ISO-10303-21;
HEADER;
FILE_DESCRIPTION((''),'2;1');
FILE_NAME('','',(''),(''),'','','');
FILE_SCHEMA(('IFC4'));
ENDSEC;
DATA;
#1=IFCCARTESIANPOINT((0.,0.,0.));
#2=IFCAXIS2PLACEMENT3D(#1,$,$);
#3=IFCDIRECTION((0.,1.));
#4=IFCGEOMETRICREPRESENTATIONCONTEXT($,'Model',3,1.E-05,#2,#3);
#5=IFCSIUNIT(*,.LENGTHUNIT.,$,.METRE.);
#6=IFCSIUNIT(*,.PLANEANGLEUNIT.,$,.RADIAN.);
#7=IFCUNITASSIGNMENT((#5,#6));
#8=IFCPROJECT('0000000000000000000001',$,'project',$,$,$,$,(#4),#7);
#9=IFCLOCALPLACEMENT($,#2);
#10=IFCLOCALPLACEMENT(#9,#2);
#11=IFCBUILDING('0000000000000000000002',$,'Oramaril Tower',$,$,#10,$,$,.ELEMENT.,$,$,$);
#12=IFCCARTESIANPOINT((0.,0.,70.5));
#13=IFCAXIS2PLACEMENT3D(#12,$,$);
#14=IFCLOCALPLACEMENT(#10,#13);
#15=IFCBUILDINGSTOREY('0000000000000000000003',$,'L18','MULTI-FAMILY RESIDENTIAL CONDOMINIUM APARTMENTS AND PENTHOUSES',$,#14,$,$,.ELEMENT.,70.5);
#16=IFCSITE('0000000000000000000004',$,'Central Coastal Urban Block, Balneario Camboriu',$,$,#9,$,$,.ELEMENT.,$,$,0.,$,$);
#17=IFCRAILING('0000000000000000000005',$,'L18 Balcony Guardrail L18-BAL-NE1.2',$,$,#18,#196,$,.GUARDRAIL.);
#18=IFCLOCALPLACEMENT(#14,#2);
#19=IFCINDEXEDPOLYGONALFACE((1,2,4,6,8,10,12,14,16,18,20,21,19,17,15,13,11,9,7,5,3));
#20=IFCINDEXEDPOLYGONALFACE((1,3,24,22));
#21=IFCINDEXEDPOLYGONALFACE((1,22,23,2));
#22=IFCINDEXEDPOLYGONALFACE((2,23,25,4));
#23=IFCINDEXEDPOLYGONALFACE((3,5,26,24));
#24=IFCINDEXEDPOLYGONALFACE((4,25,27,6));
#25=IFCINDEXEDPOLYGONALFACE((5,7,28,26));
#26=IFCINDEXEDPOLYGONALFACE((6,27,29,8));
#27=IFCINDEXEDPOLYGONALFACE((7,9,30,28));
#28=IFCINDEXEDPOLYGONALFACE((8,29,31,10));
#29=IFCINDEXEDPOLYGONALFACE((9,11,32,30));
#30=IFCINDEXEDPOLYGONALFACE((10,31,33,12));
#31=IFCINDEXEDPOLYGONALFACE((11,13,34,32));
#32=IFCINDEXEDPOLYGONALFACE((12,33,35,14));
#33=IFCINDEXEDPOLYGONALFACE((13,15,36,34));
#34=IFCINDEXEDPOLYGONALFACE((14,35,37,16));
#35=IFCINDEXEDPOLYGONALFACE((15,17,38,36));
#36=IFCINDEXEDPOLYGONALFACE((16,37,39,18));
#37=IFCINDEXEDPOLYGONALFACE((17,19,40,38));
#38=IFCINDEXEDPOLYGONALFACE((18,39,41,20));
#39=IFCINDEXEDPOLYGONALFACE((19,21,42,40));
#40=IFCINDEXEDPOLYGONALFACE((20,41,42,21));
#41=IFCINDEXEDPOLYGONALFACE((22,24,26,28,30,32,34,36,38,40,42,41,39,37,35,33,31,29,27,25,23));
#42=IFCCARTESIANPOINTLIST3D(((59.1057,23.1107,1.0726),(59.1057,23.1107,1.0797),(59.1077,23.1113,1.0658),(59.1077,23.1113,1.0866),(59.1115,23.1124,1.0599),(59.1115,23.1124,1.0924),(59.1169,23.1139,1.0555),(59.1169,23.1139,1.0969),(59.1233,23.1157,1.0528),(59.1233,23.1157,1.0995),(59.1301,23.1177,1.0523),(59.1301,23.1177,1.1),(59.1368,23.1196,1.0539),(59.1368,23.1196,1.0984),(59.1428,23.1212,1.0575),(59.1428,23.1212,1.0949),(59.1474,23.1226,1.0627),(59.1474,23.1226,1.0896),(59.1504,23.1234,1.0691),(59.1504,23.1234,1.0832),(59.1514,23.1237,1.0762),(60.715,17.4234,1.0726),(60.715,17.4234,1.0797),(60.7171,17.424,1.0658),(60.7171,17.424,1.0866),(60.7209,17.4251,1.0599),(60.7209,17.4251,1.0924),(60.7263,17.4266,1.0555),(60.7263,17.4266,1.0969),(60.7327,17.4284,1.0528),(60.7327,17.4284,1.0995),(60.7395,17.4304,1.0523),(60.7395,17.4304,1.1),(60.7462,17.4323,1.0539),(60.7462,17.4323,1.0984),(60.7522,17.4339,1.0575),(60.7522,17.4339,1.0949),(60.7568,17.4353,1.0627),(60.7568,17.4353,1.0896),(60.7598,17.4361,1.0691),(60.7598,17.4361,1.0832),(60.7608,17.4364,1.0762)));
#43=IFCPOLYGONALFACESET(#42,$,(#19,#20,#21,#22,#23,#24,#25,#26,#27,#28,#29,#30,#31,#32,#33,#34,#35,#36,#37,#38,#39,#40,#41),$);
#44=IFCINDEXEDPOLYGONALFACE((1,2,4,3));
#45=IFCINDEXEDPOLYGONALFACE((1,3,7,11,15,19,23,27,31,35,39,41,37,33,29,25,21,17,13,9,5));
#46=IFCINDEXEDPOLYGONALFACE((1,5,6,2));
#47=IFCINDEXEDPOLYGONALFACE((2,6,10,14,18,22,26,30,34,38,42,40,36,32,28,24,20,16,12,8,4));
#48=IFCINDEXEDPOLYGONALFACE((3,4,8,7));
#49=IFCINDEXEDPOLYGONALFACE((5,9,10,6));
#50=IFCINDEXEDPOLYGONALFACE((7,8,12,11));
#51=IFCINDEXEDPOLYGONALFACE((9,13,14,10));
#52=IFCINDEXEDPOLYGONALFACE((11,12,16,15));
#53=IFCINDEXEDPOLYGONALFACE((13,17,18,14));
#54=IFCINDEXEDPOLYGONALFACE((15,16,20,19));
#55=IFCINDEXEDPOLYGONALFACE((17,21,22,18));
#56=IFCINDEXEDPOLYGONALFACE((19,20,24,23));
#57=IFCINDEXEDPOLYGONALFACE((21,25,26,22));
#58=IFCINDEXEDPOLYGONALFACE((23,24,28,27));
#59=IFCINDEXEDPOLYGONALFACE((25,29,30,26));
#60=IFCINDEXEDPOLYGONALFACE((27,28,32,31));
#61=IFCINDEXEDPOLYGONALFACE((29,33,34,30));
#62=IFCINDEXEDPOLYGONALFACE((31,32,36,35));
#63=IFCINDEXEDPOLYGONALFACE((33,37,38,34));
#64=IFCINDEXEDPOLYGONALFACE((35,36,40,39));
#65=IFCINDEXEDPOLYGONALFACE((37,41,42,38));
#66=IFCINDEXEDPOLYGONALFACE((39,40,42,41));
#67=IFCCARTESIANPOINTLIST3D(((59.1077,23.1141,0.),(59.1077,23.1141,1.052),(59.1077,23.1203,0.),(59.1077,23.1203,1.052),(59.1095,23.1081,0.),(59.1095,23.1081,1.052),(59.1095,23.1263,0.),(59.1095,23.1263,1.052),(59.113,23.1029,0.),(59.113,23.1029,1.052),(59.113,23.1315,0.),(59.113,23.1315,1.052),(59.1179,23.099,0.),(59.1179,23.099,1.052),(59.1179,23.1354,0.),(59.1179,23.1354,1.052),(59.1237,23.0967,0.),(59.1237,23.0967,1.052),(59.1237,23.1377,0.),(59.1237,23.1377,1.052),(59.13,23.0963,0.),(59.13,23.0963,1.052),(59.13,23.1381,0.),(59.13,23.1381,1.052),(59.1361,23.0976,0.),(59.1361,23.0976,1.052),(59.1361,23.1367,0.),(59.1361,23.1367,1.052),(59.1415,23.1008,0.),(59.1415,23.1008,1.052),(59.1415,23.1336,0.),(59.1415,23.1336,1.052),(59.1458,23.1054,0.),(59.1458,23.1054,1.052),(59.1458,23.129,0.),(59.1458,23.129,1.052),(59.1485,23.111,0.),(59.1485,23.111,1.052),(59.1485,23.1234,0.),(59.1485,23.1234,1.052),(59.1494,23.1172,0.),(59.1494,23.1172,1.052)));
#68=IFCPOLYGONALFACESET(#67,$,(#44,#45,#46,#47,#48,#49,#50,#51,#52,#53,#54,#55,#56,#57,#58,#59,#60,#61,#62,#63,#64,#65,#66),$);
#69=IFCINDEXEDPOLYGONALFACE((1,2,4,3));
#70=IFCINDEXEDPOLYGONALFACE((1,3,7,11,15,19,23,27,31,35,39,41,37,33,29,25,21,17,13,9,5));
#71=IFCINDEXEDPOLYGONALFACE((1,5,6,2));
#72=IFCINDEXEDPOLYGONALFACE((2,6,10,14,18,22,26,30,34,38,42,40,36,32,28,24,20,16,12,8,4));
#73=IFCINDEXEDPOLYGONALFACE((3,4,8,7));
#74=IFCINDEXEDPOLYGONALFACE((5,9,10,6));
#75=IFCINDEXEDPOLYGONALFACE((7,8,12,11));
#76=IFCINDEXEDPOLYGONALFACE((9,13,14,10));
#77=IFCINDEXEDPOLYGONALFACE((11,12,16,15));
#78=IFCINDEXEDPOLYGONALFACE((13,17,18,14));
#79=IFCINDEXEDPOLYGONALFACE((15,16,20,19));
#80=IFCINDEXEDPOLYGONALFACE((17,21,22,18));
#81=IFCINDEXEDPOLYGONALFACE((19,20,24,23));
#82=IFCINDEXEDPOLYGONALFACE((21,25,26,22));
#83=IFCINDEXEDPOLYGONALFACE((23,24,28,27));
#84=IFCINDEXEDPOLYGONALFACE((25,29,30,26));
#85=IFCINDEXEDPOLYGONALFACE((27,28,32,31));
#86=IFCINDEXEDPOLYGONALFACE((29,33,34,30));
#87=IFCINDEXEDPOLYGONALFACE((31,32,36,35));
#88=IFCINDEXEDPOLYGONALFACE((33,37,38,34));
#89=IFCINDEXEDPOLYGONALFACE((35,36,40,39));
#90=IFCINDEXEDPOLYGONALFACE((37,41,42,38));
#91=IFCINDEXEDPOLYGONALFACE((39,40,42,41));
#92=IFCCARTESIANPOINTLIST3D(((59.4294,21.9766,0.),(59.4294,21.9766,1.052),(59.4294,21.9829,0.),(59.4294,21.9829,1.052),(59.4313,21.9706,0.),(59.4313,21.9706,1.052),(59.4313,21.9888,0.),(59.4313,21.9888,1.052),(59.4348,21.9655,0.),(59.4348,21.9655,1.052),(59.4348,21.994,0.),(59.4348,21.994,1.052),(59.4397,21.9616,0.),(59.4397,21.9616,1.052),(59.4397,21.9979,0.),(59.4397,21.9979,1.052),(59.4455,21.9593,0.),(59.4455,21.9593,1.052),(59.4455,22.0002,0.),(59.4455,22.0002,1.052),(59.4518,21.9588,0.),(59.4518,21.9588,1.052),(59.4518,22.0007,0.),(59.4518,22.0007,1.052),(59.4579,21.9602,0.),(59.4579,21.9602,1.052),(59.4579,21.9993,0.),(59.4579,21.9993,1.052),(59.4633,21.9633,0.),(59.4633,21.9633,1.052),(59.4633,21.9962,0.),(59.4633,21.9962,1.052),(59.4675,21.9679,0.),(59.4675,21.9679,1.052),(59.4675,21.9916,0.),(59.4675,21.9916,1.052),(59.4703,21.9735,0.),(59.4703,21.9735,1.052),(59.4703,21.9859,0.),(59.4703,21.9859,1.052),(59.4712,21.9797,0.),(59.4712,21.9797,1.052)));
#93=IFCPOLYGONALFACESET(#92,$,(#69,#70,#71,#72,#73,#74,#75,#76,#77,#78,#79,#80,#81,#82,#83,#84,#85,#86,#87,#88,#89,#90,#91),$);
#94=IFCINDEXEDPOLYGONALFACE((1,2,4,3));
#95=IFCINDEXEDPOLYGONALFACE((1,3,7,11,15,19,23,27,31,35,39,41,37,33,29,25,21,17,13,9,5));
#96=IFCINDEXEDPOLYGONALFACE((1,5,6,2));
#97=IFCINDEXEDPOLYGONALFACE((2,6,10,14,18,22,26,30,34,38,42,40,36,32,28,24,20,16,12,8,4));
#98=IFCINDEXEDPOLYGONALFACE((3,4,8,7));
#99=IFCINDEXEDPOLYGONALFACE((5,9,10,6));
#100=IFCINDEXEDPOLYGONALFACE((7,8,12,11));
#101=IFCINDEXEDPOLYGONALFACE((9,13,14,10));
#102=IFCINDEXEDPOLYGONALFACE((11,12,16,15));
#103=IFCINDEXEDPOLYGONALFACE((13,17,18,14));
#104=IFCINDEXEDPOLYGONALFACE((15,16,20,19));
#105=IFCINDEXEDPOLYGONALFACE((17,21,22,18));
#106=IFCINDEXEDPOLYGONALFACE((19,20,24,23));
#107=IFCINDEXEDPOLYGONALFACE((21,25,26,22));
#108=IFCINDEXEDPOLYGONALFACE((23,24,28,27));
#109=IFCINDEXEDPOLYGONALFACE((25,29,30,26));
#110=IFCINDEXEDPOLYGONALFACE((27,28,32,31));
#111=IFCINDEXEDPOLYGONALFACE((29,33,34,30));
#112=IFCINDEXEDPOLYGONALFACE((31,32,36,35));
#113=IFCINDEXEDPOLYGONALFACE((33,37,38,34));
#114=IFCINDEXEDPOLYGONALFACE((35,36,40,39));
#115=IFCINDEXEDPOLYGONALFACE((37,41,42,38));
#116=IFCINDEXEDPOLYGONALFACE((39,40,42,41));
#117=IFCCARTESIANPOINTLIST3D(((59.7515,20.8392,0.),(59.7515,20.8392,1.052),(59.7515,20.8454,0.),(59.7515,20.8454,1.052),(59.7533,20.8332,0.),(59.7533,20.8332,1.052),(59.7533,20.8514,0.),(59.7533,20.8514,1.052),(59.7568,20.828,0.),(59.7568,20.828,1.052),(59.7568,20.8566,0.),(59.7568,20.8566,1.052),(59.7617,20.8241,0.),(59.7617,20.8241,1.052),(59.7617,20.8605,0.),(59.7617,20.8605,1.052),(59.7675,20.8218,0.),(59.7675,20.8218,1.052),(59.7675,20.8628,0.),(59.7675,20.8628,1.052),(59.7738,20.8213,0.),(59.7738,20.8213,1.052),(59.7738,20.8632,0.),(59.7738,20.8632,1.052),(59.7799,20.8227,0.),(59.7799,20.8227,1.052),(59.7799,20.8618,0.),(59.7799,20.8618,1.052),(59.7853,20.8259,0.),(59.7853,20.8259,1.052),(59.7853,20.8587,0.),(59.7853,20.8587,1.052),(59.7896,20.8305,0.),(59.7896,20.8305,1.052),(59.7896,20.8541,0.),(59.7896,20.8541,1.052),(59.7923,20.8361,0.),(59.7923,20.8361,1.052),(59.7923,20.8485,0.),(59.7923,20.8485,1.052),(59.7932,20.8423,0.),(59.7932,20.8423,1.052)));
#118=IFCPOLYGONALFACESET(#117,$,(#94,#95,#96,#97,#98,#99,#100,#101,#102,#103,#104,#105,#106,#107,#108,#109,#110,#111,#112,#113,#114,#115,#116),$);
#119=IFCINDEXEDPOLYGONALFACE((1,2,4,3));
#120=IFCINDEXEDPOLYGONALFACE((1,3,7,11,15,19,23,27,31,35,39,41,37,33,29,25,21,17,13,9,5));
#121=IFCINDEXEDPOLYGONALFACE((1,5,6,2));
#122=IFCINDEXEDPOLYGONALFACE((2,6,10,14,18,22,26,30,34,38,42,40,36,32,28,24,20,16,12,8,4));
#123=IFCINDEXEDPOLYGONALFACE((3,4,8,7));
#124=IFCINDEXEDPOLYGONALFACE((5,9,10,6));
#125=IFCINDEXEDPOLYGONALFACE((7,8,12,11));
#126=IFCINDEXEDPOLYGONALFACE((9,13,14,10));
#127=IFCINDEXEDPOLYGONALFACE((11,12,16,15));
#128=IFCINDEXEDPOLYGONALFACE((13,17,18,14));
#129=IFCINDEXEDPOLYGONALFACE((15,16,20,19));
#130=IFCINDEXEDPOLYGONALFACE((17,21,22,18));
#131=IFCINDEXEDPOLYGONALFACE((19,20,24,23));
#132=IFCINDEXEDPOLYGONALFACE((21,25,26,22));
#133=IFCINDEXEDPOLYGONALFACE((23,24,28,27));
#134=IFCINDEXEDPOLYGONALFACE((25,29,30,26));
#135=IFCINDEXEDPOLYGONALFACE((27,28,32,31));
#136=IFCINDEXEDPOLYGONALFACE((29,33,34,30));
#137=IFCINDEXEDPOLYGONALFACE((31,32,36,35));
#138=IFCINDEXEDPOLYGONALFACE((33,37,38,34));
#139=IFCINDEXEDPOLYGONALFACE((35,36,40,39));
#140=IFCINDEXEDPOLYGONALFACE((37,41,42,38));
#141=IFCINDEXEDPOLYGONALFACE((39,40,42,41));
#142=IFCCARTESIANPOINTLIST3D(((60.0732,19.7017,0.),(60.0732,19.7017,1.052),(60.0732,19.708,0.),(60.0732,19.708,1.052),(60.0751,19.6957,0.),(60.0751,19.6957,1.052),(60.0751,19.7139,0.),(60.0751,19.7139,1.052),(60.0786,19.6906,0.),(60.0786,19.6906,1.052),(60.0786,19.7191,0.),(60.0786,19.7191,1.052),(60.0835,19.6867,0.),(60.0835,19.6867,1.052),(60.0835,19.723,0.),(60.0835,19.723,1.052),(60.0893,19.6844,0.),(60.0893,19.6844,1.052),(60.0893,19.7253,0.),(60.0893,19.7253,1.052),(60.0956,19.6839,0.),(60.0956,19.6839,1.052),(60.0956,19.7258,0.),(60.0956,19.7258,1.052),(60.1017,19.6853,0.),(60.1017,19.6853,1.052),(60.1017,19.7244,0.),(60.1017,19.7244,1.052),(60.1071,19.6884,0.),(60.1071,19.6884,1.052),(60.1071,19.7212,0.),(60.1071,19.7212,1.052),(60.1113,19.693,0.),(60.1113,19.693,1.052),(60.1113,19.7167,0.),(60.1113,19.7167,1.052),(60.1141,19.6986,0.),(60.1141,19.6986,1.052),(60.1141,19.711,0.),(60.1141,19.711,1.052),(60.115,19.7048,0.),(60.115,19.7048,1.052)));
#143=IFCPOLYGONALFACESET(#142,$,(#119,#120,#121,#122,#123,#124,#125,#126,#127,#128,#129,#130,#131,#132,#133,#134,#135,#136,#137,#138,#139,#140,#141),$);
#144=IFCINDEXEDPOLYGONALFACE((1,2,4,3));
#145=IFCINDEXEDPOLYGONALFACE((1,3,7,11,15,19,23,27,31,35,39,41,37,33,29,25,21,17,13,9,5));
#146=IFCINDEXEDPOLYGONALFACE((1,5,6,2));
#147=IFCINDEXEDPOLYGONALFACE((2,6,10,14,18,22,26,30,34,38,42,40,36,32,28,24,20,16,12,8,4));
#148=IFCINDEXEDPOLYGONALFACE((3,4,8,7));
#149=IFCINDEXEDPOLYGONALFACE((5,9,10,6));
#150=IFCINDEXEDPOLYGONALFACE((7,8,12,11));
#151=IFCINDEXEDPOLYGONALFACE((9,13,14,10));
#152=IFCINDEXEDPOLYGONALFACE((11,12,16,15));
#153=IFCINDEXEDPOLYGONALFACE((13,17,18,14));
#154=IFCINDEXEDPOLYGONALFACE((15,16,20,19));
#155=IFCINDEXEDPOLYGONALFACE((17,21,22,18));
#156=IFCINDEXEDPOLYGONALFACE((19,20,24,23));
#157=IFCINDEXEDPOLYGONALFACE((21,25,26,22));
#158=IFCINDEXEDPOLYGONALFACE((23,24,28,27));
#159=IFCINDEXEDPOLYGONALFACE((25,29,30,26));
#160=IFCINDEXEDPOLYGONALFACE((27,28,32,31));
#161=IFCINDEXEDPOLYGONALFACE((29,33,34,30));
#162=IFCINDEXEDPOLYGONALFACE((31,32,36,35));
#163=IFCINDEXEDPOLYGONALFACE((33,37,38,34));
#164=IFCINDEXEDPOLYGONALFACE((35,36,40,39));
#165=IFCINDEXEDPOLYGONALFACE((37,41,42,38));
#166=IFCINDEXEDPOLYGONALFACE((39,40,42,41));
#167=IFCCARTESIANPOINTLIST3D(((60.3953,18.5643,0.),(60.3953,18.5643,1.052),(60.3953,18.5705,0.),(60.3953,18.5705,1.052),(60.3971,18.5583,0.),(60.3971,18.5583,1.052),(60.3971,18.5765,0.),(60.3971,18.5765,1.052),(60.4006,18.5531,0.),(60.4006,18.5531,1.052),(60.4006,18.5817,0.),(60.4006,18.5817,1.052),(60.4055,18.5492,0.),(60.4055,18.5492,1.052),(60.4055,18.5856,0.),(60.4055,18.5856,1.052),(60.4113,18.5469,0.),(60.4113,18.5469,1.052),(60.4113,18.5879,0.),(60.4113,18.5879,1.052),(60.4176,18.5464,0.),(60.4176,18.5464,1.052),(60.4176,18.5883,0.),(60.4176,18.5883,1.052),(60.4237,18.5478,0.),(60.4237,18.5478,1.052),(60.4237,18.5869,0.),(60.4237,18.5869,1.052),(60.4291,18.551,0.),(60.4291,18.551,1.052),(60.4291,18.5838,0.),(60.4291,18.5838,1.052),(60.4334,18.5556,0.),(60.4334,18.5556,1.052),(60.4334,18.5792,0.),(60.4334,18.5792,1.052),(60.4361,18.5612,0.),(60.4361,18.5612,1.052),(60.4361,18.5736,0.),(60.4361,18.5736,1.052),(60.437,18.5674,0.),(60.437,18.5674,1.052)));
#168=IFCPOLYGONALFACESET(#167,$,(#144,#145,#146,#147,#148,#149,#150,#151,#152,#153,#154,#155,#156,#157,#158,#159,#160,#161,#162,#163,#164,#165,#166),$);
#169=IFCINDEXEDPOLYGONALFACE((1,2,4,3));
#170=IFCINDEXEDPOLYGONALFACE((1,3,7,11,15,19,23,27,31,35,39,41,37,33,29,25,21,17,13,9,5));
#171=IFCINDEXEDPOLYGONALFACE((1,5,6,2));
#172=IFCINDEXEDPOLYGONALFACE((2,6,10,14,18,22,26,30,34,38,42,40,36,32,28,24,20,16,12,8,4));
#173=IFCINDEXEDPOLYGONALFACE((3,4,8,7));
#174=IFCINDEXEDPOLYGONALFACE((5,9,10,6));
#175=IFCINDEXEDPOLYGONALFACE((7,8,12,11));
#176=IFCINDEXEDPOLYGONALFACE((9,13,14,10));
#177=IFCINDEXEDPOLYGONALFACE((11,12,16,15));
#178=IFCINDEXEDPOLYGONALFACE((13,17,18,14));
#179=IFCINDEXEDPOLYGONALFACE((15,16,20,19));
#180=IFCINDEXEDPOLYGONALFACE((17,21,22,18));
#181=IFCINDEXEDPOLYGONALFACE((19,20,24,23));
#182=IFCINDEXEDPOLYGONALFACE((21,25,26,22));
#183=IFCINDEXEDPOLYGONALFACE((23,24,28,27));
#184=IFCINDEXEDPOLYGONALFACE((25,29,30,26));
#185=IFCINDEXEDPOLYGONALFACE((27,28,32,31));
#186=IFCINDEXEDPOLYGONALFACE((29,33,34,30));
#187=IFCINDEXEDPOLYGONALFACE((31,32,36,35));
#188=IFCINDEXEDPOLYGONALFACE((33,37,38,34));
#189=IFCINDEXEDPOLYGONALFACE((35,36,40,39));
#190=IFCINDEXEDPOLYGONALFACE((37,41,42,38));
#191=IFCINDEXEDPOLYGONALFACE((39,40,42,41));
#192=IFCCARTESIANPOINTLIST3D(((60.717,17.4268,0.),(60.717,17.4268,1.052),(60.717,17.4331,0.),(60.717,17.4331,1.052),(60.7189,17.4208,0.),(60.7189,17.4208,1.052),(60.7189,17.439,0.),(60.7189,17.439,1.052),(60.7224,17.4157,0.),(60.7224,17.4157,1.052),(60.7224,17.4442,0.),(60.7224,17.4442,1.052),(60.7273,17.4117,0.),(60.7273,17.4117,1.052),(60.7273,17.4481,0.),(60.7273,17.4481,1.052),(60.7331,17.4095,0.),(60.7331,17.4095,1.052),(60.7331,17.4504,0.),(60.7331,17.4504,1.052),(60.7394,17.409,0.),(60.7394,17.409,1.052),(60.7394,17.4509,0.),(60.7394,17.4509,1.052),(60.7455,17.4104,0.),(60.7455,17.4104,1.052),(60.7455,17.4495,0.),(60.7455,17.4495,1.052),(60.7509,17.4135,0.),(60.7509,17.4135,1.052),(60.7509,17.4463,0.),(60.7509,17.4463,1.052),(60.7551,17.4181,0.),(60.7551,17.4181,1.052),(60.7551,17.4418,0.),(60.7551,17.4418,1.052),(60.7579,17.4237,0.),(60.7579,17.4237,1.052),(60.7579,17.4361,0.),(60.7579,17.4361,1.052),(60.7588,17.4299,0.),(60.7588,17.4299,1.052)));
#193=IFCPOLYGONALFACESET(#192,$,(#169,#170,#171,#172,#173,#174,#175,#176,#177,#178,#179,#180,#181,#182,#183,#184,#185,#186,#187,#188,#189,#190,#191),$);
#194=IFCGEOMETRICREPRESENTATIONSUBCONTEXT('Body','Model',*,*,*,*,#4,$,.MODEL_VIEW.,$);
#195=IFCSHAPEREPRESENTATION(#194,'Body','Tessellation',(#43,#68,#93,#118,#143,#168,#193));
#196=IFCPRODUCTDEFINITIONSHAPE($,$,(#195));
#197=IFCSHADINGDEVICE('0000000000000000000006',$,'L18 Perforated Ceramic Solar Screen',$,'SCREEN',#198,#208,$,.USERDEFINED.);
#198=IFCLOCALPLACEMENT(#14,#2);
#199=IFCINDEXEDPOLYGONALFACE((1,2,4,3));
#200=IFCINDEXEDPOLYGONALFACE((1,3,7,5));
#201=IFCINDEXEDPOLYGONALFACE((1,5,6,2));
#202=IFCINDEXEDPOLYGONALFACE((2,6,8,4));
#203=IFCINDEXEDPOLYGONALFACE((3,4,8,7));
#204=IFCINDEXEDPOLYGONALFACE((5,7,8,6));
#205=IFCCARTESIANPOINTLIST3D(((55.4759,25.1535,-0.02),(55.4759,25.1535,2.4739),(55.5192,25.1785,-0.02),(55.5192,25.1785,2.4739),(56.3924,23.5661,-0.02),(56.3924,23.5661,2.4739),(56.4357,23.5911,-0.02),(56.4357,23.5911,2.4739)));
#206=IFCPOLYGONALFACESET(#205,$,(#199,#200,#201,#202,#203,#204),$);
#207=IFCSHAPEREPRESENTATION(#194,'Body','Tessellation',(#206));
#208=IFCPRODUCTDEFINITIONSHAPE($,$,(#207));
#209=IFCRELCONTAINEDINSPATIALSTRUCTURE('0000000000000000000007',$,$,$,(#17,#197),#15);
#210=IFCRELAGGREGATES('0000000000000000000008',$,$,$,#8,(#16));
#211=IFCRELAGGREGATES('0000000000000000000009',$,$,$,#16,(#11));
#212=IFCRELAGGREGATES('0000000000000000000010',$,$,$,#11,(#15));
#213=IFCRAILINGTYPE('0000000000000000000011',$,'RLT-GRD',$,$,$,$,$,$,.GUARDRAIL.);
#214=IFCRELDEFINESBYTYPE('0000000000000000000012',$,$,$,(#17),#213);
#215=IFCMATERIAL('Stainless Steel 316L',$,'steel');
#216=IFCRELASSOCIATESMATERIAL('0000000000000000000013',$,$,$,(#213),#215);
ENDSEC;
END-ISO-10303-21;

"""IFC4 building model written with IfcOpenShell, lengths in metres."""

from ifc_helpers import new_model, si_unit, direction, frame, origin, origin_2d, place, context, subcontext, project, spatial, rectangle, circle, extrude, material, type_object, element, save


model = new_model("IFC4")

# Units and contexts
model_context = context("Model", 3, precision=1e-05, world=origin(), true_north=direction((0.0, 1.0)))
body_context = subcontext(model_context, "Body", "Model", "MODEL_VIEW")
ifc_project = project(units=[si_unit("LENGTHUNIT", "METRE"), si_unit("PLANEANGLEUNIT", "RADIAN")], contexts=[model_context])

# Site, building, storey
site_placement = place(None, origin())
site = spatial("IfcSite", under=ifc_project, at=site_placement, Name="Central Coastal Urban Block, Balneario Camboriu", CompositionType="ELEMENT", RefElevation=0.0)
building_placement = place(site_placement, origin())
building = spatial("IfcBuilding", under=site, at=building_placement, Name="Oramaril Tower", CompositionType="ELEMENT")
storey_placement = place(building_placement, frame((0.0, 0.0, 70.5)))
storey = spatial("IfcBuildingStorey", under=building, at=storey_placement, Name="L18", Description="MULTI-FAMILY RESIDENTIAL CONDOMINIUM APARTMENTS AND PENTHOUSES", CompositionType="ELEMENT", Elevation=70.5)

# Railing
ifc_material_1 = material(Name="Stainless Steel 316L", Category="steel")
railing_type = type_object("IfcRailingType", Name="RLT-GRD", PredefinedType="GUARDRAIL", material=ifc_material_1)
railing_1_placement = place(storey_placement, frame((59.1284, 23.1172, 0.0)))
element("IfcRailing", 1, at=railing_1_placement, inside=storey, type_object=railing_type, Name="L18 Balcony Guardrail L18-BAL-NE1.2", PredefinedType="GUARDRAIL", context=body_context, shape_type="SweptSolid", body=[
    extrude(circle(Radius=0.0239, at=origin_2d()), frame((0.0, 0.0, 1.0762), z_axis=(0.272287, -0.962216, 0.0), x_axis=(0.962216, 0.272287, 0.0)), (0.0, 0.0, 1.0), 5.9106),
    extrude(circle(Radius=0.021, at=origin_2d()), origin(), (0.0, 0.0, 1.0), 1.052),
    extrude(circle(Radius=0.021, at=origin_2d()), frame((0.3218, -1.1375, 0.0)), (0.0, 0.0, 1.0), 1.052),
    extrude(circle(Radius=0.021, at=origin_2d()), frame((0.6438, -2.2749, 0.0)), (0.0, 0.0, 1.0), 1.052),
    extrude(circle(Radius=0.021, at=origin_2d()), frame((0.9656, -3.4124, 0.0)), (0.0, 0.0, 1.0), 1.052),
    extrude(circle(Radius=0.021, at=origin_2d()), frame((1.2876, -4.5498, 0.0)), (0.0, 0.0, 1.0), 1.052),
    extrude(circle(Radius=0.021, at=origin_2d()), frame((1.6094, -5.6873, 0.0)), (0.0, 0.0, 1.0), 1.052),
])

# Shading device
shading_device_placement = place(storey_placement, frame((55.9558, 24.3723, -0.02), z_axis=(0.0, 0.0, 1.0), x_axis=(-0.499998, 0.866026, 0.0)))
element("IfcShadingDevice", 2, at=shading_device_placement, inside=storey, Name="L18 Perforated Ceramic Solar Screen", ObjectType="SCREEN", PredefinedType="USERDEFINED", context=body_context, shape_type="SweptSolid", body=[
    extrude(rectangle(XDim=1.833, YDim=0.05, at=origin_2d()), origin(), (0.0, 0.0, 1.0), 2.4939),
])

save(model, "model.ifc")
